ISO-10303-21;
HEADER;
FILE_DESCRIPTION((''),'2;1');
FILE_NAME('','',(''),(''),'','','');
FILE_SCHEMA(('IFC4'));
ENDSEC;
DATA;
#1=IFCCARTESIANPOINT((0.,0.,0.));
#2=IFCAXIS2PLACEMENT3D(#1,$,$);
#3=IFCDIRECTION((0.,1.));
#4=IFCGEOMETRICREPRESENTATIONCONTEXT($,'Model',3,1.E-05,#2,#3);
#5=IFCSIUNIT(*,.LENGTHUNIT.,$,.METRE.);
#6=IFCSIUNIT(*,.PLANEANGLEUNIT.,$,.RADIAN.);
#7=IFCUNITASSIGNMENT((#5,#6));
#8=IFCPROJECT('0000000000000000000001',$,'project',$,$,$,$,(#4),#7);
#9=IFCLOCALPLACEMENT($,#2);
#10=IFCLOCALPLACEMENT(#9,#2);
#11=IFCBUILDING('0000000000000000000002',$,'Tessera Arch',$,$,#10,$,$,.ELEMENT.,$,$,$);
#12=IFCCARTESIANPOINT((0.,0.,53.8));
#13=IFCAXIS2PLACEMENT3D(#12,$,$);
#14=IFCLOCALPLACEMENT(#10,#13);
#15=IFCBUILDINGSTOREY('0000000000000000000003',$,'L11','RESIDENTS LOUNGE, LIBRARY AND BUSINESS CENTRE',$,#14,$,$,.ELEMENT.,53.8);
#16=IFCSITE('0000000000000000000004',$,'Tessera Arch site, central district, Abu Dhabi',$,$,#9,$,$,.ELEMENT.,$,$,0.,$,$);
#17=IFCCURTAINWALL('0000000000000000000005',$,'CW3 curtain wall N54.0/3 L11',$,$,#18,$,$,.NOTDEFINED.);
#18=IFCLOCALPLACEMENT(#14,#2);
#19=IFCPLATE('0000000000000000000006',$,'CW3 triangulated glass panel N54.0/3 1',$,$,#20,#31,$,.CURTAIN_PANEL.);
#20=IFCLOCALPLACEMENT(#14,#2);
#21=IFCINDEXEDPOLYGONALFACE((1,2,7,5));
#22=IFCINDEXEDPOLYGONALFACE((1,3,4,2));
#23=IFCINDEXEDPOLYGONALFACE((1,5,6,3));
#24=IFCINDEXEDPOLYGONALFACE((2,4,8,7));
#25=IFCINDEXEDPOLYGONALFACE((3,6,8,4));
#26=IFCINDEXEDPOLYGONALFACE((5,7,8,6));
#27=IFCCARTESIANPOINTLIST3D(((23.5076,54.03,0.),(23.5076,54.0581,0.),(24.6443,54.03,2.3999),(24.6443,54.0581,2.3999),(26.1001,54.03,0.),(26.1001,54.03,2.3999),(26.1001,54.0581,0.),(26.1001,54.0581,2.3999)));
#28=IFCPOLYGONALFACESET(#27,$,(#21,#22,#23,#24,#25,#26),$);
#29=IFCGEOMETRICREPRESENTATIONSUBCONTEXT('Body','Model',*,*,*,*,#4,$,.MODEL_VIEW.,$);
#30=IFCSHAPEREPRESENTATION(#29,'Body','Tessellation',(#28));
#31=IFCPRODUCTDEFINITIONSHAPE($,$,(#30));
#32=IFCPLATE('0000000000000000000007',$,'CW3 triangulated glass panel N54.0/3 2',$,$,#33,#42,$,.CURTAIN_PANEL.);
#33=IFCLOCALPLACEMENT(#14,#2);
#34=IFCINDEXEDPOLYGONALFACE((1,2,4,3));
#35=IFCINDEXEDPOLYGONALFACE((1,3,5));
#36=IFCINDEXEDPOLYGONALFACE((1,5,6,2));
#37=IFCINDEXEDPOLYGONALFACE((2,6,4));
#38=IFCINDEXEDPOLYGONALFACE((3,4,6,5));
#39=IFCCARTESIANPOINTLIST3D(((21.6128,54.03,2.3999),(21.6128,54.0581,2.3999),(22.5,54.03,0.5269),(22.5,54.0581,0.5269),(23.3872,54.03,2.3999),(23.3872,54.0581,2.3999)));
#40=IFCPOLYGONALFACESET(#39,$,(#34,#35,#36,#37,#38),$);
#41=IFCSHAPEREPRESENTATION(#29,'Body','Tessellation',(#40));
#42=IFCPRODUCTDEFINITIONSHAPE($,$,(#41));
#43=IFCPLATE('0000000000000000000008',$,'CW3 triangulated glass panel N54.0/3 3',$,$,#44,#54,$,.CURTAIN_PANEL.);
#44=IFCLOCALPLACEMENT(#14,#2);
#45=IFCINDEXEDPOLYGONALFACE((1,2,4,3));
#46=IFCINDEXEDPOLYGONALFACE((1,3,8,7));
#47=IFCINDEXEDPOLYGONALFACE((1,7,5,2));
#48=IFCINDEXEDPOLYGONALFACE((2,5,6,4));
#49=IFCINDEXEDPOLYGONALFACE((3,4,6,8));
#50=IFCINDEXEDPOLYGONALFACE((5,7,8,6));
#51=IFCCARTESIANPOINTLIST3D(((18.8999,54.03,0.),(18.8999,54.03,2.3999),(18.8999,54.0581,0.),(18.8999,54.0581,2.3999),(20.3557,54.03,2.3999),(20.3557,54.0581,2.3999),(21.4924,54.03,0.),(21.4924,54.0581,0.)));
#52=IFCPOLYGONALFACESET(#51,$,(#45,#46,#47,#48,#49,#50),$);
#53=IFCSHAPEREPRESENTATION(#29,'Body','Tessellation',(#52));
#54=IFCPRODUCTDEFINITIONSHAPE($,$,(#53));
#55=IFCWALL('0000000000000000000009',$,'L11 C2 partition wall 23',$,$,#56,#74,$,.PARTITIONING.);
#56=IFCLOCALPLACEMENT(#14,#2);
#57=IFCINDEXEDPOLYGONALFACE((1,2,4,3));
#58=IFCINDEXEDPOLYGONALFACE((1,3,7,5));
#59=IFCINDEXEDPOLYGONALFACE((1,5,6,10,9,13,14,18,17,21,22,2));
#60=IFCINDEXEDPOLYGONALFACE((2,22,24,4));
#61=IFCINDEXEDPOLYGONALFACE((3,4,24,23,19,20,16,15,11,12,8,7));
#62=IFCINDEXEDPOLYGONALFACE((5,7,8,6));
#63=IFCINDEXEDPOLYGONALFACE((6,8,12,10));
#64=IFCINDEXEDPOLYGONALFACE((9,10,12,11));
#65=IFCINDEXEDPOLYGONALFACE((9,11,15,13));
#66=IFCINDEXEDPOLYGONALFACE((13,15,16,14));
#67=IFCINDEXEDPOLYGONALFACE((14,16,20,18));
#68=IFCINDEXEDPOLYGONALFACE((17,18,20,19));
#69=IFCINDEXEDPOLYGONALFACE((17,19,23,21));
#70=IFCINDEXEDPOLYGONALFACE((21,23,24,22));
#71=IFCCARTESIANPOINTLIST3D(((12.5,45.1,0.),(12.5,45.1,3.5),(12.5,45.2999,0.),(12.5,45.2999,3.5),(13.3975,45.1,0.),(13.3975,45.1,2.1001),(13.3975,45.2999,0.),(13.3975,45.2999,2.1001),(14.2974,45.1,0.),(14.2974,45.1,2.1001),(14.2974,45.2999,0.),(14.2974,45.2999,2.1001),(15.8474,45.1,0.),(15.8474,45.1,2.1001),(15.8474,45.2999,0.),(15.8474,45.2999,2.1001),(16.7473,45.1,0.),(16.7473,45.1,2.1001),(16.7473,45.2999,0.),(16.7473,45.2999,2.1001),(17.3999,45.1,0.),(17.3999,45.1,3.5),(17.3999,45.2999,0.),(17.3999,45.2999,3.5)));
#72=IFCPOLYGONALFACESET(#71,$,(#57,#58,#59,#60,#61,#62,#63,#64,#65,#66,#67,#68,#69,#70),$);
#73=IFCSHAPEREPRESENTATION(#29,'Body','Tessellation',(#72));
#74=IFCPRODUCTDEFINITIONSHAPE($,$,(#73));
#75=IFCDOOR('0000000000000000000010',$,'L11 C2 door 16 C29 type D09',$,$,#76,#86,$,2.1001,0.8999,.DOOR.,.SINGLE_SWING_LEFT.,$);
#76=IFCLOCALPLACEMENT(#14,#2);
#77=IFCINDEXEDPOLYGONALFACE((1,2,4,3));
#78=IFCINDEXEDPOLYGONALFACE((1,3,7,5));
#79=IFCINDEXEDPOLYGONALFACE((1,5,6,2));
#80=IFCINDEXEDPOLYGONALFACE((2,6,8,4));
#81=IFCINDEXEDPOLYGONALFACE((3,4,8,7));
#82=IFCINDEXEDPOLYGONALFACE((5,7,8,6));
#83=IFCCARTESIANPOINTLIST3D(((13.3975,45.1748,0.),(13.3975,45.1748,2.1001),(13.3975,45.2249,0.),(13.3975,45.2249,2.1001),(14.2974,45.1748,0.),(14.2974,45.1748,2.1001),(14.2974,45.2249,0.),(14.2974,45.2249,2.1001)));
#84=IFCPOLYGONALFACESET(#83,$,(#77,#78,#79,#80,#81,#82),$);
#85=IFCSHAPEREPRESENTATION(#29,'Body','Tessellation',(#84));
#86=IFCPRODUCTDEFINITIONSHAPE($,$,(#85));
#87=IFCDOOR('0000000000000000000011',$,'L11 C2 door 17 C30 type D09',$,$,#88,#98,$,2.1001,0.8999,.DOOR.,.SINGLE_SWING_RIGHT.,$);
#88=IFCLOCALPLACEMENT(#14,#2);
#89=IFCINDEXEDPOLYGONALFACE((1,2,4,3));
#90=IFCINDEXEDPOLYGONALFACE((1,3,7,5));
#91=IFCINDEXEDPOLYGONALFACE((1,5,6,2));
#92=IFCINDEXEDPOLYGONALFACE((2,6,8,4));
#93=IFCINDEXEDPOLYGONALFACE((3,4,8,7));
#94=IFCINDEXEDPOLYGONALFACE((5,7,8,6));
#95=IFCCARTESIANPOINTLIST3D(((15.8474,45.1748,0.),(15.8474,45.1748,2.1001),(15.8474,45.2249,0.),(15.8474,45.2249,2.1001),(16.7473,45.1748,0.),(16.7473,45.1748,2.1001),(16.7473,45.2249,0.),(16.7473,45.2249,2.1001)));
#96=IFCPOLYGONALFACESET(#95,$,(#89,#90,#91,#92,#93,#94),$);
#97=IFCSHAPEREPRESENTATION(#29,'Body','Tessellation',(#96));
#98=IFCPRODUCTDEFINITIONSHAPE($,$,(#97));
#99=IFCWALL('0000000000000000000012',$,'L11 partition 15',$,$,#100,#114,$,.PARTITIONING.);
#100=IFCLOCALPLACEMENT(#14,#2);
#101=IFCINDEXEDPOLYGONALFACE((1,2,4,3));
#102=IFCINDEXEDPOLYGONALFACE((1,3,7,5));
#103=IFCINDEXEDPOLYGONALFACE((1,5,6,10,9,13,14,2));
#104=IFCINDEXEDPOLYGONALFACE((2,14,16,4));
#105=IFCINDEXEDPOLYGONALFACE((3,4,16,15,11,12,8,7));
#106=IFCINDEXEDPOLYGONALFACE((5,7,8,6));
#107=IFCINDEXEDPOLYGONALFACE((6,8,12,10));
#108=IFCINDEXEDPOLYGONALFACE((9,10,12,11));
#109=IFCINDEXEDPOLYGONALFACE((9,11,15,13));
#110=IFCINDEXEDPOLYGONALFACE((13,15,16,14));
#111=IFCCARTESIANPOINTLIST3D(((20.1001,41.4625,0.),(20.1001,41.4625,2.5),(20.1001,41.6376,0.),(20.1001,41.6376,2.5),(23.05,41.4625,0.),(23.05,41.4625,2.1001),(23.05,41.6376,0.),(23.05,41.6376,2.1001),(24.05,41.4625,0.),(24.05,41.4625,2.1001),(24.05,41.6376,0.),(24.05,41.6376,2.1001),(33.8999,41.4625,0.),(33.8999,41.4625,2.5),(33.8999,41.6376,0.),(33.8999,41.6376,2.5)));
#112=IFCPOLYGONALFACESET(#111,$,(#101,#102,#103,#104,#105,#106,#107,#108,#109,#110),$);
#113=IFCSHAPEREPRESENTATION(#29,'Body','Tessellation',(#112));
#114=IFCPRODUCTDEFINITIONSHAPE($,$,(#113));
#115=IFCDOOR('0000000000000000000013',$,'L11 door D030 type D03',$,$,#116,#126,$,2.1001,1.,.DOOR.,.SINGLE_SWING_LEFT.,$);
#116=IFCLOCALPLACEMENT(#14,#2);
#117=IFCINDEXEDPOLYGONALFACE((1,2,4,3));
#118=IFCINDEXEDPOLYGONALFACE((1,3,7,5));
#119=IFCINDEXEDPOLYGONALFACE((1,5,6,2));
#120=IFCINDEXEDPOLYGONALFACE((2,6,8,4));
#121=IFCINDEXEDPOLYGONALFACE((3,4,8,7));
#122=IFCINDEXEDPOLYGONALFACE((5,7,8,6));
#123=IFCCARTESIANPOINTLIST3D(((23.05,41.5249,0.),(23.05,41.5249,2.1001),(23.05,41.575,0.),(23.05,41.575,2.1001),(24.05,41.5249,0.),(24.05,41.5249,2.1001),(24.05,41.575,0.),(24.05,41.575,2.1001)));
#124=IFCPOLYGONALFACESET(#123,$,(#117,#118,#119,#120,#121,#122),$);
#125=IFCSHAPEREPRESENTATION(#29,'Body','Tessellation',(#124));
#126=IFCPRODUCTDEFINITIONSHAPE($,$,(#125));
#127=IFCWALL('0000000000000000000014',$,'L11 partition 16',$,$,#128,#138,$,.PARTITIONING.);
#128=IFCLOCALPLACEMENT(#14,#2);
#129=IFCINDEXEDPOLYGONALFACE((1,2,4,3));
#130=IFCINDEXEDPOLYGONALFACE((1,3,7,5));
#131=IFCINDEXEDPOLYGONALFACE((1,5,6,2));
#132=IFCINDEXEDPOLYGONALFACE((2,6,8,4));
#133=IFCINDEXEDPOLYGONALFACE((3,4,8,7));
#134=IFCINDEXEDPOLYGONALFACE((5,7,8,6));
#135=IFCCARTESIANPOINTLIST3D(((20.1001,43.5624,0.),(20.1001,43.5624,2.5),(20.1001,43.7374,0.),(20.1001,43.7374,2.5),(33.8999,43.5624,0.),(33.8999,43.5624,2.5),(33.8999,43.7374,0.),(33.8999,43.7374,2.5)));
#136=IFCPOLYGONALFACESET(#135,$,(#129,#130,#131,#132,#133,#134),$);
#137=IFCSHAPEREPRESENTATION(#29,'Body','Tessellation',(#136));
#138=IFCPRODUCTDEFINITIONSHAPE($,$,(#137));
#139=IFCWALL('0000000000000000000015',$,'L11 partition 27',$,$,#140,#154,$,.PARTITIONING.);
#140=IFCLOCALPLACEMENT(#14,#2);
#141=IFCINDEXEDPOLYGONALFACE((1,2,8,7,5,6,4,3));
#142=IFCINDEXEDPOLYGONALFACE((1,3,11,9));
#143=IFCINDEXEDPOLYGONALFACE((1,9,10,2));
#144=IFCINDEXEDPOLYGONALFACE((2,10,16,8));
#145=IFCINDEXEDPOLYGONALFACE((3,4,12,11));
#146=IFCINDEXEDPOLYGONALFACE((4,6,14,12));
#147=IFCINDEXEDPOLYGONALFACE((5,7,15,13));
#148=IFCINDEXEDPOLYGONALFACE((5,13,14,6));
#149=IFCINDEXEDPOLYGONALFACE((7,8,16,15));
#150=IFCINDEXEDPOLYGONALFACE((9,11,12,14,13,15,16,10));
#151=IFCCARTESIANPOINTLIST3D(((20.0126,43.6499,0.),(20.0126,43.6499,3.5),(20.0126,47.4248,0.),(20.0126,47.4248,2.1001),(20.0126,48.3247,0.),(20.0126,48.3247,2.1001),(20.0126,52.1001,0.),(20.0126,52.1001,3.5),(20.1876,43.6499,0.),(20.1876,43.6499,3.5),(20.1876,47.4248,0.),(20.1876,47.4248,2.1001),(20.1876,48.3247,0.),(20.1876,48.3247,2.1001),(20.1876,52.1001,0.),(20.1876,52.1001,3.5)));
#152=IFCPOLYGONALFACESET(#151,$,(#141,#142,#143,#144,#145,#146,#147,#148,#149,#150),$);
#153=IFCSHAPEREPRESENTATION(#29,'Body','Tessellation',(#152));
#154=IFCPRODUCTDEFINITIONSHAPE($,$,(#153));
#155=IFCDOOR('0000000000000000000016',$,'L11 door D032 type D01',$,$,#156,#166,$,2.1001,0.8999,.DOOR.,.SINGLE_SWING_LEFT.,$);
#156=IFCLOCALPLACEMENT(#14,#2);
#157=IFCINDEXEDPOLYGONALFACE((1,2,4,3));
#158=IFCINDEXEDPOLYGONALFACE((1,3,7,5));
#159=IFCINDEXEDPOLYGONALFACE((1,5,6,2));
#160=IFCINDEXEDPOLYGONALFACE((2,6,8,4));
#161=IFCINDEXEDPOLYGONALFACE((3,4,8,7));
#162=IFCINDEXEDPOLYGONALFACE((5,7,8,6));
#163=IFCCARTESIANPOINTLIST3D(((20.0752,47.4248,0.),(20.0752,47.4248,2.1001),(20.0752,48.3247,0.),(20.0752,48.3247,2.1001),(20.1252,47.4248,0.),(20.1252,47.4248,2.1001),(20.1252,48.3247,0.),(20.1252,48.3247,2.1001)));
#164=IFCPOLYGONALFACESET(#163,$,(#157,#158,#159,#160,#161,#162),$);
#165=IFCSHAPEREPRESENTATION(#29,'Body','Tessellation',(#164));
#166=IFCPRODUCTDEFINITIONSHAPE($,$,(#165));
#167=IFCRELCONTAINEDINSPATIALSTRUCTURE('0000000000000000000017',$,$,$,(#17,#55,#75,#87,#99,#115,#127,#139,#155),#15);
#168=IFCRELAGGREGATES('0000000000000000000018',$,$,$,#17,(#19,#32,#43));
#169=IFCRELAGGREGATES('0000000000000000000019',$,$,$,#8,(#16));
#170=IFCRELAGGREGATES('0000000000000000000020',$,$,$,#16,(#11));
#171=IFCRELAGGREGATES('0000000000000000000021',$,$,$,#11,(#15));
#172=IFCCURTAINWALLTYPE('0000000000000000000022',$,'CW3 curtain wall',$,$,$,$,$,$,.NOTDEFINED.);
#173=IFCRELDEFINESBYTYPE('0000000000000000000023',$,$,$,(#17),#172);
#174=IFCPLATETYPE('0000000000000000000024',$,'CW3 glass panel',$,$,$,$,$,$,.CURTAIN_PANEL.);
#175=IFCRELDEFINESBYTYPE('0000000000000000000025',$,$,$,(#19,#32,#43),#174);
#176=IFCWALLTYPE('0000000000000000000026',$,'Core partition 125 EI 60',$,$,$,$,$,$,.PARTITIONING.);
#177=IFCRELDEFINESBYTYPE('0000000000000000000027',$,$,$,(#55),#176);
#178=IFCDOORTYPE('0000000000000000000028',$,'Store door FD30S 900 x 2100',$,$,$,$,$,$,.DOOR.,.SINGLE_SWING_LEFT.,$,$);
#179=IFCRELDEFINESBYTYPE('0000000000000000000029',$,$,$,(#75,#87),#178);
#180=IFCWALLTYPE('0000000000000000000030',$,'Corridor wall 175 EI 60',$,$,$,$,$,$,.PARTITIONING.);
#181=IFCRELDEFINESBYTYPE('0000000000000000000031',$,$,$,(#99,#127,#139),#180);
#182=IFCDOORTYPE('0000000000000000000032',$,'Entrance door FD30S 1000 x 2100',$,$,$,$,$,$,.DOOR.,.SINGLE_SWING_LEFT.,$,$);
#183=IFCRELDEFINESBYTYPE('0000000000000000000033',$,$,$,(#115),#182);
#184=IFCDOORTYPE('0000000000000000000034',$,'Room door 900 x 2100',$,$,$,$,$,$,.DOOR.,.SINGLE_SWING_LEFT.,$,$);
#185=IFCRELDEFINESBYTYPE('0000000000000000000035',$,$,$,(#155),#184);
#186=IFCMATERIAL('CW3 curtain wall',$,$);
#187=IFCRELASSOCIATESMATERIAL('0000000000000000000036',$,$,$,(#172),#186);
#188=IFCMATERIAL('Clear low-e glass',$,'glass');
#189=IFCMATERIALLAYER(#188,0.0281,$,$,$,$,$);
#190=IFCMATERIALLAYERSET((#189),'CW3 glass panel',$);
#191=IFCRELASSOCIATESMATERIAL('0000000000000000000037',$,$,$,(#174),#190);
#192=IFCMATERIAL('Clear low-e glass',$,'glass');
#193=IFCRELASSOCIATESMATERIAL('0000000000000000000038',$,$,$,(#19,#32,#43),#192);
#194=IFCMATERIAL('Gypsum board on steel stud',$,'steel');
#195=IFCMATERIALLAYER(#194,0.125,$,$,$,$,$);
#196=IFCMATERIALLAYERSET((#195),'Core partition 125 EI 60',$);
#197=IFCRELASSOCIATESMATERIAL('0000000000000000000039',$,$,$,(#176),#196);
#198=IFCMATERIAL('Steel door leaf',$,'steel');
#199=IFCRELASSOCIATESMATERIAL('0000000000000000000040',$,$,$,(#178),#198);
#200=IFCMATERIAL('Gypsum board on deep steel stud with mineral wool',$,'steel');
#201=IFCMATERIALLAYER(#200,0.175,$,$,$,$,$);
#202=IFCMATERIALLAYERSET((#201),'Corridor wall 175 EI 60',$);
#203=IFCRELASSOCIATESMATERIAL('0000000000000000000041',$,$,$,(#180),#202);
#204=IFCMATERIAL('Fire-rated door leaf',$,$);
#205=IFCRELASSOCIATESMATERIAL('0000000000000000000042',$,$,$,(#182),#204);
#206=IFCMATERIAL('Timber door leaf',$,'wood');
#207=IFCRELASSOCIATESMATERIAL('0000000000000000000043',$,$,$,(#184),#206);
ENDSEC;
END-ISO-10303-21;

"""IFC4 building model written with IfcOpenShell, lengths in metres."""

from ifc_helpers import new_model, si_unit, direction, frame, frame_2d, origin, place, context, subcontext, project, spatial, polyline, rectangle, outline, extrude, material, layer, layer_set, type_object, element, fill, aggregate, save


model = new_model("IFC4")

# Units and contexts
model_context = context("Model", 3, precision=1e-05, world=origin(), true_north=direction((0.0, 1.0)))
body_context = subcontext(model_context, "Body", "Model", "MODEL_VIEW")
ifc_project = project(units=[si_unit("LENGTHUNIT", "METRE"), si_unit("PLANEANGLEUNIT", "RADIAN")], contexts=[model_context])

# Site, building, storey
site_placement = place(None, origin())
site = spatial("IfcSite", under=ifc_project, at=site_placement, Name="Tessera Arch site, central district, Abu Dhabi", CompositionType="ELEMENT", RefElevation=0.0)
building_placement = place(site_placement, origin())
building = spatial("IfcBuilding", under=site, at=building_placement, Name="Tessera Arch", CompositionType="ELEMENT")
storey_placement = place(building_placement, frame((0.0, 0.0, 53.8)))
storey = spatial("IfcBuildingStorey", under=building, at=storey_placement, Name="L11", Description="RESIDENTS LOUNGE, LIBRARY AND BUSINESS CENTRE", CompositionType="ELEMENT", Elevation=53.8)

# Curtain wall
ifc_material_1 = material(Name="CW3 curtain wall")
curtain_wall_type_1 = type_object("IfcCurtainWallType", Name="CW3 curtain wall", PredefinedType="NOTDEFINED", material=ifc_material_1)
curtain_wall_1_placement = place(storey_placement, origin())
curtain_wall_1 = element("IfcCurtainWall", 1, at=curtain_wall_1_placement, inside=storey, type_object=curtain_wall_type_1, Name="CW3 curtain wall N54.0/3 L11", PredefinedType="NOTDEFINED")

# Plates
ifc_material_2 = material(Name="Clear low-e glass", Category="glass")
ifc_material_3 = material(Name="Clear low-e glass", Category="glass")
ifc_layer_1 = layer(ifc_material_3, 0.0281)
ifc_layer_set_1 = layer_set([ifc_layer_1], Name="CW3 glass panel")
plate_type_1 = type_object("IfcPlateType", Name="CW3 glass panel", PredefinedType="CURTAIN_PANEL", material=ifc_layer_set_1)
plate_1_placement = place(storey_placement, frame((26.1001, 54.0581, 0.0), z_axis=(0.0, 1.0, 0.0), x_axis=(-1.0, 0.0, 0.0)))
plate_1 = element("IfcPlate", 2, at=plate_1_placement, type_object=plate_type_1, material=ifc_material_2, Name="CW3 triangulated glass panel N54.0/3 1", PredefinedType="CURTAIN_PANEL", context=body_context, shape_type="SweptSolid", body=[
    extrude(outline(polyline([(0.0, 0.0), (2.5925, 0.0), (1.4558, 2.3999), (0.0, 2.3999), (0.0, 0.0)])), origin(), (0.0, 0.0, -1.0), 0.0281),
])
plate_2_placement = place(storey_placement, frame((21.6128, 54.0581, 2.3999), z_axis=(0.0, 1.0, 0.0), x_axis=(1.0, 0.0, 0.0)))
plate_2 = element("IfcPlate", 3, at=plate_2_placement, type_object=plate_type_1, material=ifc_material_2, Name="CW3 triangulated glass panel N54.0/3 2", PredefinedType="CURTAIN_PANEL", context=body_context, shape_type="SweptSolid", body=[
    extrude(outline(polyline([(0.0, 0.0), (1.7744, 0.0), (0.8872, 1.873), (0.0, 0.0)])), origin(), (0.0, 0.0, -1.0), 0.0281),
])
plate_3_placement = place(storey_placement, frame((18.8999, 54.0581, 2.3999), z_axis=(0.0, 1.0, 0.0), x_axis=(1.0, 0.0, 0.0)))
plate_3 = element("IfcPlate", 4, at=plate_3_placement, type_object=plate_type_1, material=ifc_material_2, Name="CW3 triangulated glass panel N54.0/3 3", PredefinedType="CURTAIN_PANEL", context=body_context, shape_type="SweptSolid", body=[
    extrude(outline(polyline([(0.0, 0.0), (1.4558, 0.0), (2.5925, 2.3999), (0.0, 2.3999), (0.0, 0.0)])), origin(), (0.0, 0.0, -1.0), 0.0281),
])
aggregate(curtain_wall_1, [plate_1, plate_2, plate_3])

# Wall, openings, doors
ifc_material_4 = material(Name="Gypsum board on steel stud", Category="steel")
ifc_layer_2 = layer(ifc_material_4, 0.125)
ifc_layer_set_2 = layer_set([ifc_layer_2], Name="Core partition 125 EI 60")
wall_type_1 = type_object("IfcWallType", Name="Core partition 125 EI 60", PredefinedType="PARTITIONING", material=ifc_layer_set_2)
wall_1_placement = place(storey_placement, frame((12.5, 45.2, 0.0), z_axis=(0.0, 0.0, 1.0), x_axis=(1.0, 0.0, 0.0)))
wall_1 = element("IfcWall", 5, at=wall_1_placement, inside=storey, type_object=wall_type_1, Name="L11 C2 partition wall 23", PredefinedType="PARTITIONING", context=body_context, shape_type="SweptSolid", body=[
    extrude(rectangle(XDim=4.8999, YDim=0.2, at=frame_2d((2.45, 0.0))), origin(), (0.0, 0.0, 1.0), 3.5),
])
opening_1_placement = place(wall_1_placement, frame((0.8975, 0.0, 0.0)))
opening_1 = element("IfcOpeningElement", 6, at=opening_1_placement, cuts=wall_1, PredefinedType="OPENING", context=body_context, shape_type="SweptSolid", body=[
    extrude(rectangle(XDim=0.8999, YDim=2.1001, at=frame_2d((0.45, 1.05))), frame((0.0, 0.1099, 0.0), z_axis=(0.0, -1.0, 0.0), x_axis=(1.0, 0.0, 0.0)), (0.0, 0.0, 1.0), 0.22),
])
opening_2_placement = place(wall_1_placement, frame((3.3474, 0.0, 0.0)))
opening_2 = element("IfcOpeningElement", 7, at=opening_2_placement, cuts=wall_1, PredefinedType="OPENING", context=body_context, shape_type="SweptSolid", body=[
    extrude(rectangle(XDim=0.8999, YDim=2.1001, at=frame_2d((0.45, 1.05))), frame((0.0, 0.1099, 0.0), z_axis=(0.0, -1.0, 0.0), x_axis=(1.0, 0.0, 0.0)), (0.0, 0.0, 1.0), 0.22),
])
ifc_material_5 = material(Name="Steel door leaf", Category="steel")
door_type_1 = type_object("IfcDoorType", Name="Store door FD30S 900 x 2100", OperationType="SINGLE_SWING_LEFT", PredefinedType="DOOR", material=ifc_material_5)
door_1_placement = place(opening_1_placement, origin())
door_1 = element("IfcDoor", 8, at=door_1_placement, inside=storey, type_object=door_type_1, Name="L11 C2 door 16 C29 type D09", OperationType="SINGLE_SWING_LEFT", OverallHeight=2.1001, OverallWidth=0.8999, PredefinedType="DOOR", context=body_context, shape_type="SweptSolid", body=[
    extrude(rectangle(XDim=0.8999, YDim=2.1001, at=frame_2d((0.45, 1.05))), frame((0.0, 0.0249, 0.0), z_axis=(0.0, -1.0, 0.0), x_axis=(1.0, 0.0, 0.0)), (0.0, 0.0, 1.0), 0.05),
])
fill(opening_1, door_1)
door_2_placement = place(opening_2_placement, origin())
door_2 = element("IfcDoor", 9, at=door_2_placement, inside=storey, type_object=door_type_1, Name="L11 C2 door 17 C30 type D09", OperationType="SINGLE_SWING_RIGHT", OverallHeight=2.1001, OverallWidth=0.8999, PredefinedType="DOOR", context=body_context, shape_type="SweptSolid", body=[
    extrude(rectangle(XDim=0.8999, YDim=2.1001, at=frame_2d((0.45, 1.05))), frame((0.0, 0.0249, 0.0), z_axis=(0.0, -1.0, 0.0), x_axis=(1.0, 0.0, 0.0)), (0.0, 0.0, 1.0), 0.05),
])
fill(opening_2, door_2)

# Wall, opening, door
ifc_material_6 = material(Name="Gypsum board on deep steel stud with mineral wool", Category="steel")
ifc_layer_3 = layer(ifc_material_6, 0.175)
ifc_layer_set_3 = layer_set([ifc_layer_3], Name="Corridor wall 175 EI 60")
wall_type_2 = type_object("IfcWallType", Name="Corridor wall 175 EI 60", PredefinedType="PARTITIONING", material=ifc_layer_set_3)
wall_2_placement = place(storey_placement, frame((20.1001, 41.55, 0.0), z_axis=(0.0, 0.0, 1.0), x_axis=(1.0, 0.0, 0.0)))
wall_2 = element("IfcWall", 10, at=wall_2_placement, inside=storey, type_object=wall_type_2, Name="L11 partition 15", PredefinedType="PARTITIONING", context=body_context, shape_type="SweptSolid", body=[
    extrude(rectangle(XDim=13.7998, YDim=0.175, at=frame_2d((6.8999, 0.0))), origin(), (0.0, 0.0, 1.0), 2.5),
])
opening_3_placement = place(wall_2_placement, frame((2.95, 0.0, 0.0)))
opening_3 = element("IfcOpeningElement", 11, at=opening_3_placement, cuts=wall_2, PredefinedType="OPENING", context=body_context, shape_type="SweptSolid", body=[
    extrude(rectangle(XDim=1.0, YDim=2.1001, at=frame_2d((0.5, 1.05))), frame((0.0, 0.0974, 0.0), z_axis=(0.0, -1.0, 0.0), x_axis=(1.0, 0.0, 0.0)), (0.0, 0.0, 1.0), 0.1951),
])
ifc_material_7 = material(Name="Fire-rated door leaf")
door_type_2 = type_object("IfcDoorType", Name="Entrance door FD30S 1000 x 2100", OperationType="SINGLE_SWING_LEFT", PredefinedType="DOOR", material=ifc_material_7)
door_3_placement = place(opening_3_placement, origin())
door_3 = element("IfcDoor", 12, at=door_3_placement, inside=storey, type_object=door_type_2, Name="L11 door D030 type D03", OperationType="SINGLE_SWING_LEFT", OverallHeight=2.1001, OverallWidth=1.0, PredefinedType="DOOR", context=body_context, shape_type="SweptSolid", body=[
    extrude(rectangle(XDim=1.0, YDim=2.1001, at=frame_2d((0.5, 1.05))), frame((0.0, 0.0249, 0.0), z_axis=(0.0, -1.0, 0.0), x_axis=(1.0, 0.0, 0.0)), (0.0, 0.0, 1.0), 0.05),
])
fill(opening_3, door_3)

# Wall
wall_3_placement = place(storey_placement, frame((20.1001, 43.6499, 0.0), z_axis=(0.0, 0.0, 1.0), x_axis=(1.0, 0.0, 0.0)))
element("IfcWall", 13, at=wall_3_placement, inside=storey, type_object=wall_type_2, Name="L11 partition 16", PredefinedType="PARTITIONING", context=body_context, shape_type="SweptSolid", body=[
    extrude(rectangle(XDim=13.7998, YDim=0.175, at=frame_2d((6.8999, 0.0))), origin(), (0.0, 0.0, 1.0), 2.5),
])

# Wall, opening, door
wall_4_placement = place(storey_placement, frame((20.1001, 43.6499, 0.0), z_axis=(0.0, 0.0, 1.0), x_axis=(0.0, 1.0, 0.0)))
wall_4 = element("IfcWall", 14, at=wall_4_placement, inside=storey, type_object=wall_type_2, Name="L11 partition 27", PredefinedType="PARTITIONING", context=body_context, shape_type="SweptSolid", body=[
    extrude(rectangle(XDim=8.4502, YDim=0.175, at=frame_2d((4.2251, 0.0))), origin(), (0.0, 0.0, 1.0), 3.5),
])
opening_4_placement = place(wall_4_placement, frame((3.7749, 0.0, 0.0)))
opening_4 = element("IfcOpeningElement", 15, at=opening_4_placement, cuts=wall_4, PredefinedType="OPENING", context=body_context, shape_type="SweptSolid", body=[
    extrude(rectangle(XDim=0.8999, YDim=2.1001, at=frame_2d((0.45, 1.05))), frame((0.0, 0.0974, 0.0), z_axis=(0.0, -1.0, 0.0), x_axis=(1.0, 0.0, 0.0)), (0.0, 0.0, 1.0), 0.1951),
])
ifc_material_8 = material(Name="Timber door leaf", Category="wood")
door_type_3 = type_object("IfcDoorType", Name="Room door 900 x 2100", OperationType="SINGLE_SWING_LEFT", PredefinedType="DOOR", material=ifc_material_8)
door_4_placement = place(opening_4_placement, origin())
door_4 = element("IfcDoor", 16, at=door_4_placement, inside=storey, type_object=door_type_3, Name="L11 door D032 type D01", OperationType="SINGLE_SWING_LEFT", OverallHeight=2.1001, OverallWidth=0.8999, PredefinedType="DOOR", context=body_context, shape_type="SweptSolid", body=[
    extrude(rectangle(XDim=0.8999, YDim=2.1001, at=frame_2d((0.45, 1.05))), frame((0.0, 0.0249, 0.0), z_axis=(0.0, -1.0, 0.0), x_axis=(1.0, 0.0, 0.0)), (0.0, 0.0, 1.0), 0.05),
])
fill(opening_4, door_4)

save(model, "model.ifc")
